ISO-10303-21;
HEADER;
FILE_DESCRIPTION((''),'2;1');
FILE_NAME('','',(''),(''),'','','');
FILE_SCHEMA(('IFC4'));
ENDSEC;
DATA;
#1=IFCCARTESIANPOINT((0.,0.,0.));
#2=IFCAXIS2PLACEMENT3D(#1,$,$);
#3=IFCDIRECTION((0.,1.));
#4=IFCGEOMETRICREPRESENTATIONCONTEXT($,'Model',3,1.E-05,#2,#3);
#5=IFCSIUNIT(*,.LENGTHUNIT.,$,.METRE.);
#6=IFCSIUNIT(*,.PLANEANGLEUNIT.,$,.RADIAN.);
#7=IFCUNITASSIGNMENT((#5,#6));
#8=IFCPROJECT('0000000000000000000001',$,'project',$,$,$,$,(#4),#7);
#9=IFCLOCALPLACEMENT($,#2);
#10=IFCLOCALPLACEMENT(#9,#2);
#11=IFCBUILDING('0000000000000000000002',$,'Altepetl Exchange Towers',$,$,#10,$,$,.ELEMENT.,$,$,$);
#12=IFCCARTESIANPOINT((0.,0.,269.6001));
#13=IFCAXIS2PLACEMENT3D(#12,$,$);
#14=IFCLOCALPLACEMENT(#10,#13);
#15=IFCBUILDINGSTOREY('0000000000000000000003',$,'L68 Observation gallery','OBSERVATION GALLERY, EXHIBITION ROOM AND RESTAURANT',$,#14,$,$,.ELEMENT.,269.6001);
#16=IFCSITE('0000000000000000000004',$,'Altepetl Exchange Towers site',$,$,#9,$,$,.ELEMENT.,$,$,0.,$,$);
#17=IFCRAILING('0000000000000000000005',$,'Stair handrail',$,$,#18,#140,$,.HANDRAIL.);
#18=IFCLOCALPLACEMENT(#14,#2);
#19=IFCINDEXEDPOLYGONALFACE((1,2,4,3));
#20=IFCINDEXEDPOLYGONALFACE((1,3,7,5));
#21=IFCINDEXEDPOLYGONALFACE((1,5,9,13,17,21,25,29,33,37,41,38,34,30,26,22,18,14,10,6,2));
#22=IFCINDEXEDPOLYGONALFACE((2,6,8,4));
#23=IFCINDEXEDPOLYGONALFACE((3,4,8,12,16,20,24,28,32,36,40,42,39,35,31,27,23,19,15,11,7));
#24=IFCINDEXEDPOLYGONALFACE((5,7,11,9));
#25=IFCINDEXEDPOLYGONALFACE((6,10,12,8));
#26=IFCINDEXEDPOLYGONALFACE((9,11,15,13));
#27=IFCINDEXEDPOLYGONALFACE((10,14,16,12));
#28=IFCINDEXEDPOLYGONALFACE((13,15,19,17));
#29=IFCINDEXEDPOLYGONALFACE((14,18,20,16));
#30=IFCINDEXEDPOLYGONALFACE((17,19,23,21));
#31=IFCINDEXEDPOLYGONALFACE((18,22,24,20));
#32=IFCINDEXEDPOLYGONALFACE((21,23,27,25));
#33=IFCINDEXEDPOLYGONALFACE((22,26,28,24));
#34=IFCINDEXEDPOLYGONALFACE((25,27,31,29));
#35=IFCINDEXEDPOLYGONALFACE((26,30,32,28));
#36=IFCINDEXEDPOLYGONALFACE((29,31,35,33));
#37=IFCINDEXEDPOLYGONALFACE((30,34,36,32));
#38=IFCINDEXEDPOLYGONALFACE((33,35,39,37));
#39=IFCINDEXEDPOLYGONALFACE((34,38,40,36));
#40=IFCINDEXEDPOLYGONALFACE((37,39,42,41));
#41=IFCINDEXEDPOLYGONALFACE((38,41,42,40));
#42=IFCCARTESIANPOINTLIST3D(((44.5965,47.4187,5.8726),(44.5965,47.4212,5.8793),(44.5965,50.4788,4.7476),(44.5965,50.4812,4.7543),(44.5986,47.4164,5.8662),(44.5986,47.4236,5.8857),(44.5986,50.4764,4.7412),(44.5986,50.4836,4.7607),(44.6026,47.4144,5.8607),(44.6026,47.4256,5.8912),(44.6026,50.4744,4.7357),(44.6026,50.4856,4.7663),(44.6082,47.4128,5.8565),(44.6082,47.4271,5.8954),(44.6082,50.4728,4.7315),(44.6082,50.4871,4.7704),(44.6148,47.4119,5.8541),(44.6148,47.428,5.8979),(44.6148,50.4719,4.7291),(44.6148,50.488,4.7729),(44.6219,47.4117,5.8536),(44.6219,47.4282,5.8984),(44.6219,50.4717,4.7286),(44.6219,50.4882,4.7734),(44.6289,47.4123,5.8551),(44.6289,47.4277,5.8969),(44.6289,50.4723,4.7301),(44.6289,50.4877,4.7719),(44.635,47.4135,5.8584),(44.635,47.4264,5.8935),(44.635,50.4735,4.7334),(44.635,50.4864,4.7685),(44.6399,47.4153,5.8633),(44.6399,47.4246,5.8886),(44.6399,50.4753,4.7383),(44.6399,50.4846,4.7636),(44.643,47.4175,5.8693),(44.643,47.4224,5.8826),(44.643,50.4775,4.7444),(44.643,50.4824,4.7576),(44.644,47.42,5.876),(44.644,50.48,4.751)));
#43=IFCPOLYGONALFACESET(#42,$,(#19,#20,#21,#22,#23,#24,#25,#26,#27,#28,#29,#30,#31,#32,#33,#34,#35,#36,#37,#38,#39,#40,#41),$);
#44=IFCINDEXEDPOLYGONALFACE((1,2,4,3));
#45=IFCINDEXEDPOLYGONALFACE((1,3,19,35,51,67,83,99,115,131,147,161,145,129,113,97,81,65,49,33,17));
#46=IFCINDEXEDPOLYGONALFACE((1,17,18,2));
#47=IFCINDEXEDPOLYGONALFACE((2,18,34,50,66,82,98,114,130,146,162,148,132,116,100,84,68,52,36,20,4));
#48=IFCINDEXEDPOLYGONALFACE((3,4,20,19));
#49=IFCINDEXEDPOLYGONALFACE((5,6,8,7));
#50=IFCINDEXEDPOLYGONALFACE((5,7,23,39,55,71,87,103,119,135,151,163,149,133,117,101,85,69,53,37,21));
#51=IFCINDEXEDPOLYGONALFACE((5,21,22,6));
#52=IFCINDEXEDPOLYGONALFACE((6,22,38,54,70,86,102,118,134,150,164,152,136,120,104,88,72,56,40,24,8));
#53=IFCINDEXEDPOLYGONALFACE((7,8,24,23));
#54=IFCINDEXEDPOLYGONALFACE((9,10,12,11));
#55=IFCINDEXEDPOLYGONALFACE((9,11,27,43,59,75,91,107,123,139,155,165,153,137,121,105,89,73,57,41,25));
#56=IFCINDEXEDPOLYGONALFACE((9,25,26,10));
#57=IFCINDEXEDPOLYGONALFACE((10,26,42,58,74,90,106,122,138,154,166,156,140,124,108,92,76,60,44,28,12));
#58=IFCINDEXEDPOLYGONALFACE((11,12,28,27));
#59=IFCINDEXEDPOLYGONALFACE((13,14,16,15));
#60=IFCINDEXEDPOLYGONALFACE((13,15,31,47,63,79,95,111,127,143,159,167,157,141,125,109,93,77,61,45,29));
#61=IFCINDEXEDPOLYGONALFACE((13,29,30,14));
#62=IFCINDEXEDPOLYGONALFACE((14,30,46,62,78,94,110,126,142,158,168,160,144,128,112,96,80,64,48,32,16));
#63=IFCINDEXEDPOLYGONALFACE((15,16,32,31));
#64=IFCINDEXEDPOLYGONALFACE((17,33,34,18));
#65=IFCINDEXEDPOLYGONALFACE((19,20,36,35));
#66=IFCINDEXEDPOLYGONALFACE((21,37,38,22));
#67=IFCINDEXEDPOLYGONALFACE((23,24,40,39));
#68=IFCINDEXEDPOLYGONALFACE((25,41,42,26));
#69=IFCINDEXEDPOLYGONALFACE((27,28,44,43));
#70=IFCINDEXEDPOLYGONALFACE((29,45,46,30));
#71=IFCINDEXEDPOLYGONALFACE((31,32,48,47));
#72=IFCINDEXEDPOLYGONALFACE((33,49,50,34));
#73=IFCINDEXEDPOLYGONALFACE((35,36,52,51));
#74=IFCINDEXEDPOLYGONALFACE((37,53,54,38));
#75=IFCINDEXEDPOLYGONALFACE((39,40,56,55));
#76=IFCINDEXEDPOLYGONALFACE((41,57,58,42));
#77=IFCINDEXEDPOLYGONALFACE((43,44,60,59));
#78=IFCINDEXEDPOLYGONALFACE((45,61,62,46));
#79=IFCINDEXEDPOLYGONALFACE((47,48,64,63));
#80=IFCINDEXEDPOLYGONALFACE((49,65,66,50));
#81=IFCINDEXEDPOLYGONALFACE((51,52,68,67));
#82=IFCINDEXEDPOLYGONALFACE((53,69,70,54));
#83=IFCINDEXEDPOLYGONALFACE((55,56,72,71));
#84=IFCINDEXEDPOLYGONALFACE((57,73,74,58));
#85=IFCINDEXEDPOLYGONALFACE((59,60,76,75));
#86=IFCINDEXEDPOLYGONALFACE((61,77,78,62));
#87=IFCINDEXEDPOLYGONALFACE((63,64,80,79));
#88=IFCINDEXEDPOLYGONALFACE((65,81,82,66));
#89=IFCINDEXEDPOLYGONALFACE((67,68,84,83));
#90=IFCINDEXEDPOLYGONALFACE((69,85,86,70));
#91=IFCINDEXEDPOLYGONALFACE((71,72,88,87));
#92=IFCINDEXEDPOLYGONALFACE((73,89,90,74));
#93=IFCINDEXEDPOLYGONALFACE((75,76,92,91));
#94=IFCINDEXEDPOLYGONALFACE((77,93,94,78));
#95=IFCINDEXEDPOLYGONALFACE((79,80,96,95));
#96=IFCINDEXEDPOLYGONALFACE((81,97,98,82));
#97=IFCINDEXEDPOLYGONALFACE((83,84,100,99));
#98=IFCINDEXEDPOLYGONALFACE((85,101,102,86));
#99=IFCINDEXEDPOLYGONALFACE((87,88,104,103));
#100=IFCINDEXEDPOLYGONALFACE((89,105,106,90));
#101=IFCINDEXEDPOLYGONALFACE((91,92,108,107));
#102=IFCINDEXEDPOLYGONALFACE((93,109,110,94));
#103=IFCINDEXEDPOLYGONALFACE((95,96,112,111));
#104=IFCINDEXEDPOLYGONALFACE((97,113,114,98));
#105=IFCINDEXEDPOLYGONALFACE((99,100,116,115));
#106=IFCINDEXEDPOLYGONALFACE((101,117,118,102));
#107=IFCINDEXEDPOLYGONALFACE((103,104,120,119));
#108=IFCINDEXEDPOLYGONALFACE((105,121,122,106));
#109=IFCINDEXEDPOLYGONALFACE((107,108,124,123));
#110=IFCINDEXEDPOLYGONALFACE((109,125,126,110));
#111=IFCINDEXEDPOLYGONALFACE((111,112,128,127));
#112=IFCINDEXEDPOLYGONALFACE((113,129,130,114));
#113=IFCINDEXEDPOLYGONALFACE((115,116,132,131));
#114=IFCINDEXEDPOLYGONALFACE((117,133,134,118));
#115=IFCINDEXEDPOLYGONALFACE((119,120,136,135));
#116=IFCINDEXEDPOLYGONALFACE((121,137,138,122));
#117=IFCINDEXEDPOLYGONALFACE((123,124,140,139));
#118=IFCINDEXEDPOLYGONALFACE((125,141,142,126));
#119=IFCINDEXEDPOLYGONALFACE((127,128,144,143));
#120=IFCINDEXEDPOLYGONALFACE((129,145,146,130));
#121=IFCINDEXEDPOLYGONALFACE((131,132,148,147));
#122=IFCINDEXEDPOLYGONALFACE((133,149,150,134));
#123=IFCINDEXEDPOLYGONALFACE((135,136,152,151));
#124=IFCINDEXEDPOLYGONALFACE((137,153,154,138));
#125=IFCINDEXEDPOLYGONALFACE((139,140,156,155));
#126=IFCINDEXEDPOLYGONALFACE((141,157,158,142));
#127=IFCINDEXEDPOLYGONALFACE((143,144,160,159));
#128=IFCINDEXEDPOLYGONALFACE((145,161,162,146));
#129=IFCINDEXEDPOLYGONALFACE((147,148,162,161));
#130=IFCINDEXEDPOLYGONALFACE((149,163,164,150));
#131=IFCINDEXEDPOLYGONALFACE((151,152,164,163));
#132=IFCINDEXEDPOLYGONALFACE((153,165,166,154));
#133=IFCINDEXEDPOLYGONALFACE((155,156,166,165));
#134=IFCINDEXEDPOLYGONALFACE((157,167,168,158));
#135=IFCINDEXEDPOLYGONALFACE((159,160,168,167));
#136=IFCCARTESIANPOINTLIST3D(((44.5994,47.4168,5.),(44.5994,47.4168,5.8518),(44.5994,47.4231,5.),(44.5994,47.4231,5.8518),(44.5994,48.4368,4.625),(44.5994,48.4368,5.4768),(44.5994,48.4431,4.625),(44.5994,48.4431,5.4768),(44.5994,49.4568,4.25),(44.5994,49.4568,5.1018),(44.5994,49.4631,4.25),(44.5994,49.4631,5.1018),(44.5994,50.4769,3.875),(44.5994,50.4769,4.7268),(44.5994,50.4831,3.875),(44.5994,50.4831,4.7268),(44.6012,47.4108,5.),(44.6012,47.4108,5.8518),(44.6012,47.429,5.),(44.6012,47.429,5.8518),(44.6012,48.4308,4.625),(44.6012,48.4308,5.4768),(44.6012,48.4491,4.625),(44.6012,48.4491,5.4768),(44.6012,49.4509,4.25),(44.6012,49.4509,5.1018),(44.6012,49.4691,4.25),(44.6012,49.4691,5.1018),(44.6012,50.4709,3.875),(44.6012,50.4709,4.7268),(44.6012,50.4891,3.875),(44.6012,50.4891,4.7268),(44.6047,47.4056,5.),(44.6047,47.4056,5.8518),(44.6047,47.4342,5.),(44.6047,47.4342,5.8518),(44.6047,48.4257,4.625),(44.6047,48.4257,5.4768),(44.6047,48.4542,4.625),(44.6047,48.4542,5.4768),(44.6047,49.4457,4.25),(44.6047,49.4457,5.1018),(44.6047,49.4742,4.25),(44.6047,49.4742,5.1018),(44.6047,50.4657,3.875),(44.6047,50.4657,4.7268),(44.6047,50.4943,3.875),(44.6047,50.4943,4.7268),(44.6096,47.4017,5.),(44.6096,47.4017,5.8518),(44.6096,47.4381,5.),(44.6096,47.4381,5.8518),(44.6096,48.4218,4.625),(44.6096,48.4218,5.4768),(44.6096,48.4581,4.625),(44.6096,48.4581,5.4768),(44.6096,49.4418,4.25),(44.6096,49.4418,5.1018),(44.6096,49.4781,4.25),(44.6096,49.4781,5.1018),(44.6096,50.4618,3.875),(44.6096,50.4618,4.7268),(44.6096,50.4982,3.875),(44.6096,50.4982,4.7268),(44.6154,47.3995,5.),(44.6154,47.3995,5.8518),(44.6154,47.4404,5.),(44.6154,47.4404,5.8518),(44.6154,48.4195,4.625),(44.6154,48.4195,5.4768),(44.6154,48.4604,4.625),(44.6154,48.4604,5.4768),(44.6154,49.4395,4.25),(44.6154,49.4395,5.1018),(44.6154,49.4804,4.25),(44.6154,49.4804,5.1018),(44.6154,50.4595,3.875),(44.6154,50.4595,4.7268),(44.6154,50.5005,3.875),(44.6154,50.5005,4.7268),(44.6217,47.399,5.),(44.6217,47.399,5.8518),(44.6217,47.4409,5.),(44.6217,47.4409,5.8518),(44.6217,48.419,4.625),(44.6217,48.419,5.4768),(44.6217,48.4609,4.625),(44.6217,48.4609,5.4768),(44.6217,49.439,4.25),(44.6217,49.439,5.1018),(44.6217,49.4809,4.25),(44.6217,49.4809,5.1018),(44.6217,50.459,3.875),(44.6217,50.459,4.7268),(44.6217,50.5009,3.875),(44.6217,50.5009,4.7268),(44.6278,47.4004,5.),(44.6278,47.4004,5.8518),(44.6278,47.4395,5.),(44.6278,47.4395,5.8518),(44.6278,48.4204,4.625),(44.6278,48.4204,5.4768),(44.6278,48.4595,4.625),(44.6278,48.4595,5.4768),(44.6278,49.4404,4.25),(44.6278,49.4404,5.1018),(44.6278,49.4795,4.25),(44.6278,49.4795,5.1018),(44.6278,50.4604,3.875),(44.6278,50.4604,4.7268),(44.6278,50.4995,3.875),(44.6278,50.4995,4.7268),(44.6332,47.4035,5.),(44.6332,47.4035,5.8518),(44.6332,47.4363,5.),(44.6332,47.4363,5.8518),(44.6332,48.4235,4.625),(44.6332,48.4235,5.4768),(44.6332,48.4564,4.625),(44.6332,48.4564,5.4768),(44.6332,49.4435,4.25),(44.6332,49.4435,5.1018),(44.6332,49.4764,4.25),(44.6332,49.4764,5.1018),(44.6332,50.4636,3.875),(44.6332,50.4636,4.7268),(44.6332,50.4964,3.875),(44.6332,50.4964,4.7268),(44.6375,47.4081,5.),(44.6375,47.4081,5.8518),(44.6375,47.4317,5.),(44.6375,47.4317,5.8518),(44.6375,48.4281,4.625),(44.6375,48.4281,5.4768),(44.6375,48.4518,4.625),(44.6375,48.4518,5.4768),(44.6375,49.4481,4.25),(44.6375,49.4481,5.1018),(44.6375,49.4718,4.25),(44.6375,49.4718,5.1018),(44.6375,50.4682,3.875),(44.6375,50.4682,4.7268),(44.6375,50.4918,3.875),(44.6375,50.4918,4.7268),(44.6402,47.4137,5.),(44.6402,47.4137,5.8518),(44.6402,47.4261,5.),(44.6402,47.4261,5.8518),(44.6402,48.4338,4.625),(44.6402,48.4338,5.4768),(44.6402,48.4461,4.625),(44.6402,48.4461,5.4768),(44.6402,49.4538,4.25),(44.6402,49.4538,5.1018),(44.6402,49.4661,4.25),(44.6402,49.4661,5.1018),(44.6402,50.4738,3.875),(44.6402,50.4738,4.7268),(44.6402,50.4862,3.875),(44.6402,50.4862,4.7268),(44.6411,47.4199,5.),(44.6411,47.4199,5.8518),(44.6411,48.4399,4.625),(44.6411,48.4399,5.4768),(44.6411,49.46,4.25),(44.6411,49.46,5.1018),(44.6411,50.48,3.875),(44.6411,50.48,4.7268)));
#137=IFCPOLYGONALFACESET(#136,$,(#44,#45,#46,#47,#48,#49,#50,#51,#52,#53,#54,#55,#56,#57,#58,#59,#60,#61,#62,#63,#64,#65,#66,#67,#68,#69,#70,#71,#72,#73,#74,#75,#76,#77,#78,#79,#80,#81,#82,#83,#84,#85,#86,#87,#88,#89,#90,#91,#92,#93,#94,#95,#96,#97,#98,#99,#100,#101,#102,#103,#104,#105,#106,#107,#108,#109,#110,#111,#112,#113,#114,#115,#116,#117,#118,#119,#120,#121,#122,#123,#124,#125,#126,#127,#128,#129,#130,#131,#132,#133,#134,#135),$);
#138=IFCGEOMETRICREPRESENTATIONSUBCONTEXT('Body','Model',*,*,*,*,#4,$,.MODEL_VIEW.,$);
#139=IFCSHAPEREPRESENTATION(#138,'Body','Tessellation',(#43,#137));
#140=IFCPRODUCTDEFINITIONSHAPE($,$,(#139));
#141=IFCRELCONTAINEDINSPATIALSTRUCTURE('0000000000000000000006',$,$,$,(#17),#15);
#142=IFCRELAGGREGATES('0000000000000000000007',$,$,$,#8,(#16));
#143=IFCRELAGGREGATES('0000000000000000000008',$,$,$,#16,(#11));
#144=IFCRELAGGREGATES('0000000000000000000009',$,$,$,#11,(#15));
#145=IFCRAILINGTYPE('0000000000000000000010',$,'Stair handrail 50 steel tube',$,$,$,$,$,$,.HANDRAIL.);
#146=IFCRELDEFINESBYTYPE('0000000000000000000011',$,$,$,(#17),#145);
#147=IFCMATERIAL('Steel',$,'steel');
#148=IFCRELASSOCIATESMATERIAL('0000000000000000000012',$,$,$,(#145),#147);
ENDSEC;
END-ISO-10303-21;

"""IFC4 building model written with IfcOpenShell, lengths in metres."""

from ifc_helpers import new_model, si_unit, direction, frame, origin, origin_2d, place, context, subcontext, project, spatial, circle, extrude, source, transform, mapped, material, type_object, element, save


model = new_model("IFC4")

# Units and contexts
model_context = context("Model", 3, precision=1e-05, world=origin(), true_north=direction((0.0, 1.0)))
body_context = subcontext(model_context, "Body", "Model", "MODEL_VIEW")
ifc_project = project(units=[si_unit("LENGTHUNIT", "METRE"), si_unit("PLANEANGLEUNIT", "RADIAN")], contexts=[model_context])

# Site, building, storey
site_placement = place(None, origin())
site = spatial("IfcSite", under=ifc_project, at=site_placement, Name="Altepetl Exchange Towers site", CompositionType="ELEMENT", RefElevation=0.0)
building_placement = place(site_placement, origin())
building = spatial("IfcBuilding", under=site, at=building_placement, Name="Altepetl Exchange Towers", CompositionType="ELEMENT")
storey_placement = place(building_placement, frame((0.0, 0.0, 269.6001)))
storey = spatial("IfcBuildingStorey", under=building, at=storey_placement, Name="L68 Observation gallery", Description="OBSERVATION GALLERY, EXHIBITION ROOM AND RESTAURANT", CompositionType="ELEMENT", Elevation=269.6001)

# Railing
ifc_material_1 = material(Name="Steel", Category="steel")
railing_type = type_object("IfcRailingType", Name="Stair handrail 50 steel tube", PredefinedType="HANDRAIL", material=ifc_material_1)
shared_shape = source(origin(), body_context, "Body", "SweptSolid", [
    extrude(circle(Radius=0.021, at=origin_2d()), origin(), (0.0, 0.0, 1.0), 0.8518),
])
for number, where, name in (
    (1, (44.6201, 50.48, 3.875), "Stair handrail"),
):
    element("IfcRailing", number, at=place(storey_placement, frame(where)), inside=storey, type_object=railing_type, Name=name, PredefinedType="HANDRAIL", context=body_context, shape_type="SweptSolid", body=[
        extrude(circle(Radius=0.0239, at=origin_2d()), frame((0.0, 0.0, 0.876), z_axis=(0.0, -0.938581, 0.34506), x_axis=(1.0, 0.0, 0.0)), (0.0, 0.0, 1.0), 3.2603),
        mapped(shared_shape, transform((0.0, 0.0, 0.0))),
        mapped(shared_shape, transform((0.0, -1.02, 0.375))),
        mapped(shared_shape, transform((0.0, -2.04, 0.75))),
        mapped(shared_shape, transform((0.0, -3.0601, 1.125))),
    ])

save(model, "model.ifc")
